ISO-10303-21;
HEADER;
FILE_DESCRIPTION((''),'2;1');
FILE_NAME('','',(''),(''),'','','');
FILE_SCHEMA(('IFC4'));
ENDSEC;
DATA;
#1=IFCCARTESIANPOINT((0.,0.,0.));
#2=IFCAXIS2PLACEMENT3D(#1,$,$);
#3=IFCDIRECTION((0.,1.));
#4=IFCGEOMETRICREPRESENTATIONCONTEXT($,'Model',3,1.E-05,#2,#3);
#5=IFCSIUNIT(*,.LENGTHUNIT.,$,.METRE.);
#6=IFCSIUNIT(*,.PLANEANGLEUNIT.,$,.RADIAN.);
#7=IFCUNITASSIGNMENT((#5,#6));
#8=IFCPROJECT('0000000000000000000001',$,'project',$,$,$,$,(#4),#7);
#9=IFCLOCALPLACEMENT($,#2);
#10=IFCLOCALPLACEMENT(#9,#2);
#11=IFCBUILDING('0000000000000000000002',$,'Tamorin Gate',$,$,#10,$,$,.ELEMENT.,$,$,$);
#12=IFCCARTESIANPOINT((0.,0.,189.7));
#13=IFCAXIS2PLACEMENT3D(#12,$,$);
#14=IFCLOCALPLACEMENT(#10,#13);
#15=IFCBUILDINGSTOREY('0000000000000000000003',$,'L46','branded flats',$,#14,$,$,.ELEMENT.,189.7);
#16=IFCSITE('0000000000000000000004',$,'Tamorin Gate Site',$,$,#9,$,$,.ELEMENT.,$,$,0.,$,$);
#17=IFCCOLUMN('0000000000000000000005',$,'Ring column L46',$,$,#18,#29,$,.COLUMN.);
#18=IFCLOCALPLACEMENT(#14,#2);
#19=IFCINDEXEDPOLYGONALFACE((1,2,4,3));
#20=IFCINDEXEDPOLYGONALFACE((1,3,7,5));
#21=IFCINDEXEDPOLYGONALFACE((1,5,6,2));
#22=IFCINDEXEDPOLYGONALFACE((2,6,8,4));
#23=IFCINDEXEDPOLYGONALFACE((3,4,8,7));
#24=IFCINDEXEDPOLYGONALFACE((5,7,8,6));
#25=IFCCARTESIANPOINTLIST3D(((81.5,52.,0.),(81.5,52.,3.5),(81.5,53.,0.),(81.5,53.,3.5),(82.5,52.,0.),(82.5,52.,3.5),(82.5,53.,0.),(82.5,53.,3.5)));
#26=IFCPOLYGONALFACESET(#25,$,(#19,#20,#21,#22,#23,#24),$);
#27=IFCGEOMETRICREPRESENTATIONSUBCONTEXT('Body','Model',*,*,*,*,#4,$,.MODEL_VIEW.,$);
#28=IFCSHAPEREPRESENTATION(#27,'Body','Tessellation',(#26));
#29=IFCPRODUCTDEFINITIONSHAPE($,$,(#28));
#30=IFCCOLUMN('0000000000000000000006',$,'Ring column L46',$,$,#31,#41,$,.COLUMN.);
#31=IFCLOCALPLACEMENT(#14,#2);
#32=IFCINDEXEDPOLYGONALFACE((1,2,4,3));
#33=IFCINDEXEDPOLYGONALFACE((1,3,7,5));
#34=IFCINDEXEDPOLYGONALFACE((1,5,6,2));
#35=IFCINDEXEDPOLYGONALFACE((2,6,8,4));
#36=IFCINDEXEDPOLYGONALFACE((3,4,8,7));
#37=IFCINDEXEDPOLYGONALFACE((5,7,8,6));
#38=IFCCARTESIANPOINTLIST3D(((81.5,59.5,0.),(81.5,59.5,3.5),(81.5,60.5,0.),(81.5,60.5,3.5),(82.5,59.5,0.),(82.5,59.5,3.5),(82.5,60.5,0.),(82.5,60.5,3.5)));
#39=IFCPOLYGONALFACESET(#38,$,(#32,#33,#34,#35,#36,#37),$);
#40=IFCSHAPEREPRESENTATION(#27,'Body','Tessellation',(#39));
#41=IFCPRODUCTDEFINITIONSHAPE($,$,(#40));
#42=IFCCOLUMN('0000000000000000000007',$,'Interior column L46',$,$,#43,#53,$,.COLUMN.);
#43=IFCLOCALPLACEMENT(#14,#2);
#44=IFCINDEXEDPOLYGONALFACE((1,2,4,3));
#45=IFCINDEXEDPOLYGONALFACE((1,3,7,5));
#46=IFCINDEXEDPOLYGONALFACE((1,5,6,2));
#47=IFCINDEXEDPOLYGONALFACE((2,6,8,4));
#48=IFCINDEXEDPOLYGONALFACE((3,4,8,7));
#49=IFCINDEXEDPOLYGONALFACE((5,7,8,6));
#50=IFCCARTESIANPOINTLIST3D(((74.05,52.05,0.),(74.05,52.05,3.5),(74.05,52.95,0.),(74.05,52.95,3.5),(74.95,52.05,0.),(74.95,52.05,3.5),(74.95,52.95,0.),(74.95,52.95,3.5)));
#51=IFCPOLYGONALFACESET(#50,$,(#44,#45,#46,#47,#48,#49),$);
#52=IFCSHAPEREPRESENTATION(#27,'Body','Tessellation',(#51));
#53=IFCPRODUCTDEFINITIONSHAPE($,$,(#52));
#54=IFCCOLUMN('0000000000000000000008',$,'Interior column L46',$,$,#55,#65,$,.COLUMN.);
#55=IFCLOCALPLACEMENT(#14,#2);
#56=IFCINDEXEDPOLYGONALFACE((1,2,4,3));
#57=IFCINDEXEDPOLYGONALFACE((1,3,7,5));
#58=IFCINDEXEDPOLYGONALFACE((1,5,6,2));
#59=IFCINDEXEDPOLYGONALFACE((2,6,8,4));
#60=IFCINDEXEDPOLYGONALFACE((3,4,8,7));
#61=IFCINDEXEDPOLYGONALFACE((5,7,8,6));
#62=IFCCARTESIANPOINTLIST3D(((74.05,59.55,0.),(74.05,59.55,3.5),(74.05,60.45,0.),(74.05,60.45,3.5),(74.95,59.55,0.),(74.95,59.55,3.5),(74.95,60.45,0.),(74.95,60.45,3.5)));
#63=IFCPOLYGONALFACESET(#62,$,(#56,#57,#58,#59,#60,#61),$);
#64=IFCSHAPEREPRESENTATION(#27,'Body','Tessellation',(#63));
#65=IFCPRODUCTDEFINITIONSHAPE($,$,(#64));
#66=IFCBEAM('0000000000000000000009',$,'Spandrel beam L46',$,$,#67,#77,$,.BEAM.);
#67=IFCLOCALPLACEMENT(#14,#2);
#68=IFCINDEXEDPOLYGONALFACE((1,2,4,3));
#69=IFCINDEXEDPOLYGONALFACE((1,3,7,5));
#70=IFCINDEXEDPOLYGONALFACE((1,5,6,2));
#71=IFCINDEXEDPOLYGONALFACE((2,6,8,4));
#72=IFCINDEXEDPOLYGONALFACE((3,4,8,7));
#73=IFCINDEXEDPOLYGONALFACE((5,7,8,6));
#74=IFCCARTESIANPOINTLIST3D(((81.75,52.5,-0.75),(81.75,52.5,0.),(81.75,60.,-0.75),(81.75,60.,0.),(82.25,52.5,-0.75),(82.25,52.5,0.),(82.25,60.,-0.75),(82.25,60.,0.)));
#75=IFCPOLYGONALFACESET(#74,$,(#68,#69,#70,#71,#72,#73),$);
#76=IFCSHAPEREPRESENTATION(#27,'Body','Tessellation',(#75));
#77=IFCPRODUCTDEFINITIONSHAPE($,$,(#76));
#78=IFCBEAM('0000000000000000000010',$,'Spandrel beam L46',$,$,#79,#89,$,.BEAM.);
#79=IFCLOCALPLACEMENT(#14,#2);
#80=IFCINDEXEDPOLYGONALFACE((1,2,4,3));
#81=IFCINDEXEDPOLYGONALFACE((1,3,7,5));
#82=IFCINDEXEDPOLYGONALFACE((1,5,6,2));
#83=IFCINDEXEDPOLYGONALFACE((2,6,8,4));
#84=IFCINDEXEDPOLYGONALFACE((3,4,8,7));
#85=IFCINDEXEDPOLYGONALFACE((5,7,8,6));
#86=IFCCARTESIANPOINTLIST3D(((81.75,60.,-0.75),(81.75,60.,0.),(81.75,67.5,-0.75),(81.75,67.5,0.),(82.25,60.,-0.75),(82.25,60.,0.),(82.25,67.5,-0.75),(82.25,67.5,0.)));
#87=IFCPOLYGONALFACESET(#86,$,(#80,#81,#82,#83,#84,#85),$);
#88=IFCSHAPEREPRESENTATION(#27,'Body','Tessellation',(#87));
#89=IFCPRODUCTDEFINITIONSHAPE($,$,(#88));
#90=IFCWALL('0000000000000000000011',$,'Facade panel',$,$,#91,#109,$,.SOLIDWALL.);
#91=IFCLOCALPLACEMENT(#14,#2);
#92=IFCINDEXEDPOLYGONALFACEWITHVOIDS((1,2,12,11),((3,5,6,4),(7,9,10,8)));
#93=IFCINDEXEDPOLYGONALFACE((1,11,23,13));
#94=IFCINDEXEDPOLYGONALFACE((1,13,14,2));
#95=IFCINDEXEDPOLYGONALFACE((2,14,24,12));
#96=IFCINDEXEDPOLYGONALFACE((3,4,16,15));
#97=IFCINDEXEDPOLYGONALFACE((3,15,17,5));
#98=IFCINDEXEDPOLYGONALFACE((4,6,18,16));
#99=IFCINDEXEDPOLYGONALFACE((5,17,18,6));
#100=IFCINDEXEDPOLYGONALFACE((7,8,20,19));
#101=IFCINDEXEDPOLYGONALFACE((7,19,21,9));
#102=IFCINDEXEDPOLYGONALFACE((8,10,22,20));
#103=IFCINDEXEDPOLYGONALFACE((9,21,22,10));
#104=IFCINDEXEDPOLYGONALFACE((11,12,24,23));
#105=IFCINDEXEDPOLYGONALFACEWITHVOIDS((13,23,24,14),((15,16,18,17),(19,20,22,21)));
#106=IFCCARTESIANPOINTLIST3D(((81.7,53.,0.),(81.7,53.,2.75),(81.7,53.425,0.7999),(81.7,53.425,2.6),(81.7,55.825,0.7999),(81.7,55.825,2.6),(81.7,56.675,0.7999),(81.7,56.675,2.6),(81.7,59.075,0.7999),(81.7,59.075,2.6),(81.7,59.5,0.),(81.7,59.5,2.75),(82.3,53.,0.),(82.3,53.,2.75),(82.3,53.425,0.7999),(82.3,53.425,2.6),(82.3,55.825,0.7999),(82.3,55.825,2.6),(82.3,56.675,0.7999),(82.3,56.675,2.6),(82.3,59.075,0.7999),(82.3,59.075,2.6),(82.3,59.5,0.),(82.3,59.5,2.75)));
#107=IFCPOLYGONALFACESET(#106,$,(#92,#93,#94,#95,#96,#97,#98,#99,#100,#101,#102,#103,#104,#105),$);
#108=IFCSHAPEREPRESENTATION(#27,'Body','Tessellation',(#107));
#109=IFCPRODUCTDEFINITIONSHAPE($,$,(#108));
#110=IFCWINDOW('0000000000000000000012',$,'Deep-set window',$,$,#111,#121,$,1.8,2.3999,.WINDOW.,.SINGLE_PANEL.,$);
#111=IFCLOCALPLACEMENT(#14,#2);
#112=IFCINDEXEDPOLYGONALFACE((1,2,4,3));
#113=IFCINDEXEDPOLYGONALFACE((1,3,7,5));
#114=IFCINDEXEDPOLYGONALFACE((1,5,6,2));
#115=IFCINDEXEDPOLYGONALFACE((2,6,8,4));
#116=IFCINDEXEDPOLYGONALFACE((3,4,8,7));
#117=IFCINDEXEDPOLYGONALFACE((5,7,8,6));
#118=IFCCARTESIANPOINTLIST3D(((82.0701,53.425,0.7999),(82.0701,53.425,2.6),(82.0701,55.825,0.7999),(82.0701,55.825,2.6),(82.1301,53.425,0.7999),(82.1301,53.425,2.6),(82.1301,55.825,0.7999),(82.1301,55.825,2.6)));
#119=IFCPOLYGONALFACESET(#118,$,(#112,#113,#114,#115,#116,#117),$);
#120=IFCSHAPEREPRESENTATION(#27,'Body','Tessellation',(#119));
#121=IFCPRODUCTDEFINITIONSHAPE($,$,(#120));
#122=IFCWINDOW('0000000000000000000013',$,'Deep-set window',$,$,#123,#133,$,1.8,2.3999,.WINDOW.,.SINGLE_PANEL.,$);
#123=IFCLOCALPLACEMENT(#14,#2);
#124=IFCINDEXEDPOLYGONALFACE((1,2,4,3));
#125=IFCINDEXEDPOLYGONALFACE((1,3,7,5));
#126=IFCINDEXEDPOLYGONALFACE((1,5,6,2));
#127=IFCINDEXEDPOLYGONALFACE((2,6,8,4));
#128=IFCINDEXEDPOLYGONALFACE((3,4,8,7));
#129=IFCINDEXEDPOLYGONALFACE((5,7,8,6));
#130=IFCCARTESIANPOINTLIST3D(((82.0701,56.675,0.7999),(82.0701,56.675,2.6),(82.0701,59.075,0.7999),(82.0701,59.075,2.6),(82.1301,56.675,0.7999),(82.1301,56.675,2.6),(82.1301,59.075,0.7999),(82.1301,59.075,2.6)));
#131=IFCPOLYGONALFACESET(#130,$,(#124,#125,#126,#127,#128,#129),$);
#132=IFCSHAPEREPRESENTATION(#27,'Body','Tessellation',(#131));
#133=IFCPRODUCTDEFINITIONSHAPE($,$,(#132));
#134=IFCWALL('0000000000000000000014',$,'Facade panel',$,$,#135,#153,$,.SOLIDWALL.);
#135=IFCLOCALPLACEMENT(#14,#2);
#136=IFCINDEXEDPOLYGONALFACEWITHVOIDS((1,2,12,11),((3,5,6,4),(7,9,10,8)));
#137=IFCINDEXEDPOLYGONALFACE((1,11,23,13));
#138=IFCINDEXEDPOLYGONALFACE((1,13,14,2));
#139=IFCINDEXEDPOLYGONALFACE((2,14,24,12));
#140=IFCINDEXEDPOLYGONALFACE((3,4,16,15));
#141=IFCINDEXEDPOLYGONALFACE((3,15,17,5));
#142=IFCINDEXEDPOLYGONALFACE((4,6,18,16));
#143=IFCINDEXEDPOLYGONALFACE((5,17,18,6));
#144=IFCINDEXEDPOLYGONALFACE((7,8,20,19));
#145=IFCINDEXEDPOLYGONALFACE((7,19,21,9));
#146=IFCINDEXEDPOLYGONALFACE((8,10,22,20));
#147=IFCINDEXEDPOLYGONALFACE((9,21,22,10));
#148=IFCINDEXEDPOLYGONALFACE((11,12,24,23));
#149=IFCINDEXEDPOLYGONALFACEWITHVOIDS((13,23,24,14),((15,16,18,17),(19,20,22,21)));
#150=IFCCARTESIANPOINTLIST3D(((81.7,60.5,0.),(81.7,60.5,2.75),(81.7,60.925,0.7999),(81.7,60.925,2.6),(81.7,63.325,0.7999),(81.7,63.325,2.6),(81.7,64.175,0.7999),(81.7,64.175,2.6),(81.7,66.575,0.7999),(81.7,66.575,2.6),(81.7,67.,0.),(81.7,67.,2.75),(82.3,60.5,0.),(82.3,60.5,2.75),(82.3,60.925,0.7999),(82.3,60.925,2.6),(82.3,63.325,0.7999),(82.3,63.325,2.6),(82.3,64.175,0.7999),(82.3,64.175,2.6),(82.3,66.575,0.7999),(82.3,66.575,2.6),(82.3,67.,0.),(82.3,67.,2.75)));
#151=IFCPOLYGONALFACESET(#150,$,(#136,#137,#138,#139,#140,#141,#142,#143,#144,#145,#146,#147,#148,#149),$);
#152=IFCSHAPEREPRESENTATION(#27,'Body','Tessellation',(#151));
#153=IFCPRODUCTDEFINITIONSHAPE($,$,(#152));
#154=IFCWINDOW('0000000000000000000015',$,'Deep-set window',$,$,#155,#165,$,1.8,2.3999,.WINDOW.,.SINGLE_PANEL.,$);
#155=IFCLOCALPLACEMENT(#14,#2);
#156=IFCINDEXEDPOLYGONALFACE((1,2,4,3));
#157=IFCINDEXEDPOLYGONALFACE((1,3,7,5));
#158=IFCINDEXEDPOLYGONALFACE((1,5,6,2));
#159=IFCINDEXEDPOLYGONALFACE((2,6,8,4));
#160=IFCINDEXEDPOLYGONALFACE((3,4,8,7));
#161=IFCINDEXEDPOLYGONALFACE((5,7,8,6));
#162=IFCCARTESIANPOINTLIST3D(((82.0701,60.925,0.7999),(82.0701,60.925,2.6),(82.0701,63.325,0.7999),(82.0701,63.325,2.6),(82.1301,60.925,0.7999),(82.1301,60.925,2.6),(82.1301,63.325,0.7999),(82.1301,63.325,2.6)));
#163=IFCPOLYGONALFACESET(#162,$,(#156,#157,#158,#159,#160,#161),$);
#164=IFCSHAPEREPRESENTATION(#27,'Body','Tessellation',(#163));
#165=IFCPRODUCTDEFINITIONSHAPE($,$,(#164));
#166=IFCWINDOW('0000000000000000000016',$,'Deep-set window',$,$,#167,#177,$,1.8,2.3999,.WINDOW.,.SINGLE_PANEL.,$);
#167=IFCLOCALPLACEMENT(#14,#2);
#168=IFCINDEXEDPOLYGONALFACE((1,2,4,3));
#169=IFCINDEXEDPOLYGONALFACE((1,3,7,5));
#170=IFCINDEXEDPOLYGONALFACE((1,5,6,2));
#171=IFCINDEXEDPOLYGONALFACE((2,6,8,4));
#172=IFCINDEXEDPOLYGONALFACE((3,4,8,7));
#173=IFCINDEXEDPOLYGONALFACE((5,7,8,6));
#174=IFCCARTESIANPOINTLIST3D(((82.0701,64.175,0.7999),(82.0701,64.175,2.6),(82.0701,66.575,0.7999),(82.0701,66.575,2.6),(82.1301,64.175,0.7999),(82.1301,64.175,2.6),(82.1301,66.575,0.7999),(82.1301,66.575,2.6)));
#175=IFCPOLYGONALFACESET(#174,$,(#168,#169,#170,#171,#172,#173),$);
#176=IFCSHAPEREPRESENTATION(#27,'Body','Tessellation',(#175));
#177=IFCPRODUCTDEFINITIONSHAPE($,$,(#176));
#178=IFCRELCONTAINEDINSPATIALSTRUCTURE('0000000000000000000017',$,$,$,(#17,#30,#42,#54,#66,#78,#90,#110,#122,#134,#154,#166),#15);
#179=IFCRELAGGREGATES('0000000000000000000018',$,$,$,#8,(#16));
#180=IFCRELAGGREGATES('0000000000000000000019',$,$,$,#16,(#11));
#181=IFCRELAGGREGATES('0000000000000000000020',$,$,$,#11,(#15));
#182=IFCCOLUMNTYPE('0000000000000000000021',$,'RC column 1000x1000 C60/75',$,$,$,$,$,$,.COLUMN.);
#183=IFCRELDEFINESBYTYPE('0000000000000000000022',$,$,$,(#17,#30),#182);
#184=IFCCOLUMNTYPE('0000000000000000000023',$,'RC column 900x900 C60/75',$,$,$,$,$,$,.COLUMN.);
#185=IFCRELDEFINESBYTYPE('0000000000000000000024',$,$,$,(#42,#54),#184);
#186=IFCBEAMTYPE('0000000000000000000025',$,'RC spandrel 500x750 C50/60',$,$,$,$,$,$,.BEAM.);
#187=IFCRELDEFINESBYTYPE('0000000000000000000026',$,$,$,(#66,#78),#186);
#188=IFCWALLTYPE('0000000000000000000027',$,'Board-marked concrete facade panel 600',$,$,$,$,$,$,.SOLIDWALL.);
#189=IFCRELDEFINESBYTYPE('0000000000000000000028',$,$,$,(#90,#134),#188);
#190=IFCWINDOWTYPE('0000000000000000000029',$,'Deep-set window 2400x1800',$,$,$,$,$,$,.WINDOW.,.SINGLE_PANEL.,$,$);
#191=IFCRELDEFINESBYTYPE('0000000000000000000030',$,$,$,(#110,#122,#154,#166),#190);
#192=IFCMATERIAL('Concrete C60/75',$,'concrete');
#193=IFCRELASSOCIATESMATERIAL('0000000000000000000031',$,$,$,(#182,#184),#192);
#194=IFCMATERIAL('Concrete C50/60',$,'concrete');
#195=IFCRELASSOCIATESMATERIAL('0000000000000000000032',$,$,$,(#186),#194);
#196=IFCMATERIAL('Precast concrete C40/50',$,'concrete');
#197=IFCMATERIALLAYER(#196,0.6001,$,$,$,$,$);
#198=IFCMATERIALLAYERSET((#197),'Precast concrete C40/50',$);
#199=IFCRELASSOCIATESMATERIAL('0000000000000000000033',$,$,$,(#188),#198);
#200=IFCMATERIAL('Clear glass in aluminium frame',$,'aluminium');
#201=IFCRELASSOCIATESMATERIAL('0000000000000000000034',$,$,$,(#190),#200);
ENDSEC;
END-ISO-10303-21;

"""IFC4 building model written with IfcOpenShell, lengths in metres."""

from ifc_helpers import new_model, si_unit, direction, frame, frame_2d, origin, origin_2d, place, context, subcontext, project, spatial, rectangle, extrude, material, layer, layer_set, material_profile, profile_set, type_object, element, fill, save


model = new_model("IFC4")

# Units and contexts
model_context = context("Model", 3, precision=1e-05, world=origin(), true_north=direction((0.0, 1.0)))
body_context = subcontext(model_context, "Body", "Model", "MODEL_VIEW")
ifc_project = project(units=[si_unit("LENGTHUNIT", "METRE"), si_unit("PLANEANGLEUNIT", "RADIAN")], contexts=[model_context])

# Site, building, storey
site_placement = place(None, origin())
site = spatial("IfcSite", under=ifc_project, at=site_placement, Name="Tamorin Gate Site", CompositionType="ELEMENT", RefElevation=0.0)
building_placement = place(site_placement, origin())
building = spatial("IfcBuilding", under=site, at=building_placement, Name="Tamorin Gate", CompositionType="ELEMENT")
storey_placement = place(building_placement, frame((0.0, 0.0, 189.7)))
storey = spatial("IfcBuildingStorey", under=building, at=storey_placement, Name="L46", Description="branded flats", CompositionType="ELEMENT", Elevation=189.7)

# Columns
ifc_material_1 = material(Name="Concrete C60/75", Category="concrete")
ifc_material_profile_1 = material_profile(ifc_material_1, rectangle(XDim=1.0, YDim=1.0, at=origin_2d()), Name="RC 1000x1000")
ifc_profile_set_1 = profile_set([ifc_material_profile_1], Name="Concrete C60/75")
column_type_1 = type_object("IfcColumnType", Name="RC column 1000x1000 C60/75", PredefinedType="COLUMN", material=ifc_profile_set_1)
for number, where, z_axis, x_axis, name in (
    (1, (82.0, 52.5, 0.0), (0.0, 0.0, 1.0), (1.0, 0.0, 0.0), "Ring column L46"),
    (2, (82.0, 60.0, 0.0), (0.0, 0.0, 1.0), (1.0, 0.0, 0.0), "Ring column L46"),
):
    element("IfcColumn", number, at=place(storey_placement, frame(where, z_axis=z_axis, x_axis=x_axis)), inside=storey, type_object=column_type_1, Name=name, PredefinedType="COLUMN", context=body_context, shape_type="SweptSolid", body=[
        extrude(rectangle(XDim=1.0, YDim=1.0, at=origin_2d()), origin(), (0.0, 0.0, 1.0), 3.5),
    ])
ifc_material_profile_2 = material_profile(ifc_material_1, rectangle(XDim=0.8999, YDim=0.8999, at=origin_2d()), Name="RC 900x900")
ifc_profile_set_2 = profile_set([ifc_material_profile_2], Name="Concrete C60/75")
column_type_2 = type_object("IfcColumnType", Name="RC column 900x900 C60/75", PredefinedType="COLUMN", material=ifc_profile_set_2)
for number, where, z_axis, x_axis, name in (
    (3, (74.5, 52.5, 0.0), (0.0, 0.0, 1.0), (1.0, 0.0, 0.0), "Interior column L46"),
    (4, (74.5, 60.0, 0.0), (0.0, 0.0, 1.0), (1.0, 0.0, 0.0), "Interior column L46"),
):
    element("IfcColumn", number, at=place(storey_placement, frame(where, z_axis=z_axis, x_axis=x_axis)), inside=storey, type_object=column_type_2, Name=name, PredefinedType="COLUMN", context=body_context, shape_type="SweptSolid", body=[
        extrude(rectangle(XDim=0.8999, YDim=0.8999, at=origin_2d()), origin(), (0.0, 0.0, 1.0), 3.5),
    ])

# Beams
ifc_material_2 = material(Name="Concrete C50/60", Category="concrete")
ifc_material_profile_3 = material_profile(ifc_material_2, rectangle(XDim=0.5, YDim=0.75, at=origin_2d()), Name="RC 500x750")
ifc_profile_set_3 = profile_set([ifc_material_profile_3], Name="Concrete C50/60")
beam_type = type_object("IfcBeamType", Name="RC spandrel 500x750 C50/60", PredefinedType="BEAM", material=ifc_profile_set_3)
for number, where, z_axis, x_axis, name in (
    (5, (82.0, 52.5, -0.375), (0.0, 1.0, 0.0), (-1.0, 0.0, 0.0), "Spandrel beam L46"),
    (6, (82.0, 60.0, -0.375), (0.0, 1.0, 0.0), (-1.0, 0.0, 0.0), "Spandrel beam L46"),
):
    element("IfcBeam", number, at=place(storey_placement, frame(where, z_axis=z_axis, x_axis=x_axis)), inside=storey, type_object=beam_type, Name=name, PredefinedType="BEAM", context=body_context, shape_type="SweptSolid", body=[
        extrude(rectangle(XDim=0.5, YDim=0.75, at=origin_2d()), origin(), (0.0, 0.0, 1.0), 7.5),
    ])

# Walls, openings, windows
ifc_material_3 = material(Name="Precast concrete C40/50", Category="concrete")
ifc_layer_1 = layer(ifc_material_3, 0.6001)
ifc_layer_set_1 = layer_set([ifc_layer_1], Name="Precast concrete C40/50")
wall_type_1 = type_object("IfcWallType", Name="Board-marked concrete facade panel 600", PredefinedType="SOLIDWALL", material=ifc_layer_set_1)
wall_1_placement = place(storey_placement, frame((82.0, 53.0, 0.0), z_axis=(0.0, 0.0, 1.0), x_axis=(0.0, 1.0, 0.0)))
wall_1 = element("IfcWall", 7, at=wall_1_placement, inside=storey, type_object=wall_type_1, Name="Facade panel", PredefinedType="SOLIDWALL", context=body_context, shape_type="SweptSolid", body=[
    extrude(rectangle(XDim=6.5, YDim=0.6001, at=frame_2d((3.25, 0.0))), origin(), (0.0, 0.0, 1.0), 2.75),
])
opening_1_placement = place(wall_1_placement, frame((0.425, 0.0, 0.8)))
opening_1 = element("IfcOpeningElement", 8, at=opening_1_placement, cuts=wall_1, PredefinedType="OPENING", context=body_context, shape_type="SweptSolid", body=[
    extrude(rectangle(XDim=2.3999, YDim=1.8, at=frame_2d((1.2, 0.8999))), frame((0.0, 0.3101, 0.0), z_axis=(0.0, -1.0, 0.0), x_axis=(1.0, 0.0, 0.0)), (0.0, 0.0, 1.0), 0.6201),
])
opening_2_placement = place(wall_1_placement, frame((3.675, 0.0, 0.8)))
opening_2 = element("IfcOpeningElement", 9, at=opening_2_placement, cuts=wall_1, PredefinedType="OPENING", context=body_context, shape_type="SweptSolid", body=[
    extrude(rectangle(XDim=2.3999, YDim=1.8, at=frame_2d((1.2, 0.8999))), frame((0.0, 0.3101, 0.0), z_axis=(0.0, -1.0, 0.0), x_axis=(1.0, 0.0, 0.0)), (0.0, 0.0, 1.0), 0.6201),
])
ifc_material_4 = material(Name="Clear glass in aluminium frame", Category="aluminium")
window_type = type_object("IfcWindowType", Name="Deep-set window 2400x1800", PartitioningType="SINGLE_PANEL", PredefinedType="WINDOW", material=ifc_material_4)
window_1_placement = place(opening_1_placement, origin())
window_1 = element("IfcWindow", 10, at=window_1_placement, inside=storey, type_object=window_type, Name="Deep-set window", OverallHeight=1.8, OverallWidth=2.3999, PartitioningType="SINGLE_PANEL", PredefinedType="WINDOW", context=body_context, shape_type="SweptSolid", body=[
    extrude(rectangle(XDim=2.3999, YDim=1.8, at=frame_2d((1.2, 0.8999))), frame((0.0, -0.0701, 0.0), z_axis=(0.0, -1.0, 0.0), x_axis=(1.0, 0.0, 0.0)), (0.0, 0.0, 1.0), 0.0601),
])
fill(opening_1, window_1)
window_2_placement = place(opening_2_placement, origin())
window_2 = element("IfcWindow", 11, at=window_2_placement, inside=storey, type_object=window_type, Name="Deep-set window", OverallHeight=1.8, OverallWidth=2.3999, PartitioningType="SINGLE_PANEL", PredefinedType="WINDOW", context=body_context, shape_type="SweptSolid", body=[
    extrude(rectangle(XDim=2.3999, YDim=1.8, at=frame_2d((1.2, 0.8999))), frame((0.0, -0.0701, 0.0), z_axis=(0.0, -1.0, 0.0), x_axis=(1.0, 0.0, 0.0)), (0.0, 0.0, 1.0), 0.0601),
])
fill(opening_2, window_2)
wall_2_placement = place(storey_placement, frame((82.0, 60.5, 0.0), z_axis=(0.0, 0.0, 1.0), x_axis=(0.0, 1.0, 0.0)))
wall_2 = element("IfcWall", 12, at=wall_2_placement, inside=storey, type_object=wall_type_1, Name="Facade panel", PredefinedType="SOLIDWALL", context=body_context, shape_type="SweptSolid", body=[
    extrude(rectangle(XDim=6.5, YDim=0.6001, at=frame_2d((3.25, 0.0))), origin(), (0.0, 0.0, 1.0), 2.75),
])
opening_3_placement = place(wall_2_placement, frame((0.425, 0.0, 0.8)))
opening_3 = element("IfcOpeningElement", 13, at=opening_3_placement, cuts=wall_2, PredefinedType="OPENING", context=body_context, shape_type="SweptSolid", body=[
    extrude(rectangle(XDim=2.3999, YDim=1.8, at=frame_2d((1.2, 0.8999))), frame((0.0, 0.3101, 0.0), z_axis=(0.0, -1.0, 0.0), x_axis=(1.0, 0.0, 0.0)), (0.0, 0.0, 1.0), 0.6201),
])
opening_4_placement = place(wall_2_placement, frame((3.675, 0.0, 0.8)))
opening_4 = element("IfcOpeningElement", 14, at=opening_4_placement, cuts=wall_2, PredefinedType="OPENING", context=body_context, shape_type="SweptSolid", body=[
    extrude(rectangle(XDim=2.3999, YDim=1.8, at=frame_2d((1.2, 0.8999))), frame((0.0, 0.3101, 0.0), z_axis=(0.0, -1.0, 0.0), x_axis=(1.0, 0.0, 0.0)), (0.0, 0.0, 1.0), 0.6201),
])
window_3_placement = place(opening_3_placement, origin())
window_3 = element("IfcWindow", 15, at=window_3_placement, inside=storey, type_object=window_type, Name="Deep-set window", OverallHeight=1.8, OverallWidth=2.3999, PartitioningType="SINGLE_PANEL", PredefinedType="WINDOW", context=body_context, shape_type="SweptSolid", body=[
    extrude(rectangle(XDim=2.3999, YDim=1.8, at=frame_2d((1.2, 0.8999))), frame((0.0, -0.0701, 0.0), z_axis=(0.0, -1.0, 0.0), x_axis=(1.0, 0.0, 0.0)), (0.0, 0.0, 1.0), 0.0601),
])
fill(opening_3, window_3)
window_4_placement = place(opening_4_placement, origin())
window_4 = element("IfcWindow", 16, at=window_4_placement, inside=storey, type_object=window_type, Name="Deep-set window", OverallHeight=1.8, OverallWidth=2.3999, PartitioningType="SINGLE_PANEL", PredefinedType="WINDOW", context=body_context, shape_type="SweptSolid", body=[
    extrude(rectangle(XDim=2.3999, YDim=1.8, at=frame_2d((1.2, 0.8999))), frame((0.0, -0.0701, 0.0), z_axis=(0.0, -1.0, 0.0), x_axis=(1.0, 0.0, 0.0)), (0.0, 0.0, 1.0), 0.0601),
])
fill(opening_4, window_4)

save(model, "model.ifc")
